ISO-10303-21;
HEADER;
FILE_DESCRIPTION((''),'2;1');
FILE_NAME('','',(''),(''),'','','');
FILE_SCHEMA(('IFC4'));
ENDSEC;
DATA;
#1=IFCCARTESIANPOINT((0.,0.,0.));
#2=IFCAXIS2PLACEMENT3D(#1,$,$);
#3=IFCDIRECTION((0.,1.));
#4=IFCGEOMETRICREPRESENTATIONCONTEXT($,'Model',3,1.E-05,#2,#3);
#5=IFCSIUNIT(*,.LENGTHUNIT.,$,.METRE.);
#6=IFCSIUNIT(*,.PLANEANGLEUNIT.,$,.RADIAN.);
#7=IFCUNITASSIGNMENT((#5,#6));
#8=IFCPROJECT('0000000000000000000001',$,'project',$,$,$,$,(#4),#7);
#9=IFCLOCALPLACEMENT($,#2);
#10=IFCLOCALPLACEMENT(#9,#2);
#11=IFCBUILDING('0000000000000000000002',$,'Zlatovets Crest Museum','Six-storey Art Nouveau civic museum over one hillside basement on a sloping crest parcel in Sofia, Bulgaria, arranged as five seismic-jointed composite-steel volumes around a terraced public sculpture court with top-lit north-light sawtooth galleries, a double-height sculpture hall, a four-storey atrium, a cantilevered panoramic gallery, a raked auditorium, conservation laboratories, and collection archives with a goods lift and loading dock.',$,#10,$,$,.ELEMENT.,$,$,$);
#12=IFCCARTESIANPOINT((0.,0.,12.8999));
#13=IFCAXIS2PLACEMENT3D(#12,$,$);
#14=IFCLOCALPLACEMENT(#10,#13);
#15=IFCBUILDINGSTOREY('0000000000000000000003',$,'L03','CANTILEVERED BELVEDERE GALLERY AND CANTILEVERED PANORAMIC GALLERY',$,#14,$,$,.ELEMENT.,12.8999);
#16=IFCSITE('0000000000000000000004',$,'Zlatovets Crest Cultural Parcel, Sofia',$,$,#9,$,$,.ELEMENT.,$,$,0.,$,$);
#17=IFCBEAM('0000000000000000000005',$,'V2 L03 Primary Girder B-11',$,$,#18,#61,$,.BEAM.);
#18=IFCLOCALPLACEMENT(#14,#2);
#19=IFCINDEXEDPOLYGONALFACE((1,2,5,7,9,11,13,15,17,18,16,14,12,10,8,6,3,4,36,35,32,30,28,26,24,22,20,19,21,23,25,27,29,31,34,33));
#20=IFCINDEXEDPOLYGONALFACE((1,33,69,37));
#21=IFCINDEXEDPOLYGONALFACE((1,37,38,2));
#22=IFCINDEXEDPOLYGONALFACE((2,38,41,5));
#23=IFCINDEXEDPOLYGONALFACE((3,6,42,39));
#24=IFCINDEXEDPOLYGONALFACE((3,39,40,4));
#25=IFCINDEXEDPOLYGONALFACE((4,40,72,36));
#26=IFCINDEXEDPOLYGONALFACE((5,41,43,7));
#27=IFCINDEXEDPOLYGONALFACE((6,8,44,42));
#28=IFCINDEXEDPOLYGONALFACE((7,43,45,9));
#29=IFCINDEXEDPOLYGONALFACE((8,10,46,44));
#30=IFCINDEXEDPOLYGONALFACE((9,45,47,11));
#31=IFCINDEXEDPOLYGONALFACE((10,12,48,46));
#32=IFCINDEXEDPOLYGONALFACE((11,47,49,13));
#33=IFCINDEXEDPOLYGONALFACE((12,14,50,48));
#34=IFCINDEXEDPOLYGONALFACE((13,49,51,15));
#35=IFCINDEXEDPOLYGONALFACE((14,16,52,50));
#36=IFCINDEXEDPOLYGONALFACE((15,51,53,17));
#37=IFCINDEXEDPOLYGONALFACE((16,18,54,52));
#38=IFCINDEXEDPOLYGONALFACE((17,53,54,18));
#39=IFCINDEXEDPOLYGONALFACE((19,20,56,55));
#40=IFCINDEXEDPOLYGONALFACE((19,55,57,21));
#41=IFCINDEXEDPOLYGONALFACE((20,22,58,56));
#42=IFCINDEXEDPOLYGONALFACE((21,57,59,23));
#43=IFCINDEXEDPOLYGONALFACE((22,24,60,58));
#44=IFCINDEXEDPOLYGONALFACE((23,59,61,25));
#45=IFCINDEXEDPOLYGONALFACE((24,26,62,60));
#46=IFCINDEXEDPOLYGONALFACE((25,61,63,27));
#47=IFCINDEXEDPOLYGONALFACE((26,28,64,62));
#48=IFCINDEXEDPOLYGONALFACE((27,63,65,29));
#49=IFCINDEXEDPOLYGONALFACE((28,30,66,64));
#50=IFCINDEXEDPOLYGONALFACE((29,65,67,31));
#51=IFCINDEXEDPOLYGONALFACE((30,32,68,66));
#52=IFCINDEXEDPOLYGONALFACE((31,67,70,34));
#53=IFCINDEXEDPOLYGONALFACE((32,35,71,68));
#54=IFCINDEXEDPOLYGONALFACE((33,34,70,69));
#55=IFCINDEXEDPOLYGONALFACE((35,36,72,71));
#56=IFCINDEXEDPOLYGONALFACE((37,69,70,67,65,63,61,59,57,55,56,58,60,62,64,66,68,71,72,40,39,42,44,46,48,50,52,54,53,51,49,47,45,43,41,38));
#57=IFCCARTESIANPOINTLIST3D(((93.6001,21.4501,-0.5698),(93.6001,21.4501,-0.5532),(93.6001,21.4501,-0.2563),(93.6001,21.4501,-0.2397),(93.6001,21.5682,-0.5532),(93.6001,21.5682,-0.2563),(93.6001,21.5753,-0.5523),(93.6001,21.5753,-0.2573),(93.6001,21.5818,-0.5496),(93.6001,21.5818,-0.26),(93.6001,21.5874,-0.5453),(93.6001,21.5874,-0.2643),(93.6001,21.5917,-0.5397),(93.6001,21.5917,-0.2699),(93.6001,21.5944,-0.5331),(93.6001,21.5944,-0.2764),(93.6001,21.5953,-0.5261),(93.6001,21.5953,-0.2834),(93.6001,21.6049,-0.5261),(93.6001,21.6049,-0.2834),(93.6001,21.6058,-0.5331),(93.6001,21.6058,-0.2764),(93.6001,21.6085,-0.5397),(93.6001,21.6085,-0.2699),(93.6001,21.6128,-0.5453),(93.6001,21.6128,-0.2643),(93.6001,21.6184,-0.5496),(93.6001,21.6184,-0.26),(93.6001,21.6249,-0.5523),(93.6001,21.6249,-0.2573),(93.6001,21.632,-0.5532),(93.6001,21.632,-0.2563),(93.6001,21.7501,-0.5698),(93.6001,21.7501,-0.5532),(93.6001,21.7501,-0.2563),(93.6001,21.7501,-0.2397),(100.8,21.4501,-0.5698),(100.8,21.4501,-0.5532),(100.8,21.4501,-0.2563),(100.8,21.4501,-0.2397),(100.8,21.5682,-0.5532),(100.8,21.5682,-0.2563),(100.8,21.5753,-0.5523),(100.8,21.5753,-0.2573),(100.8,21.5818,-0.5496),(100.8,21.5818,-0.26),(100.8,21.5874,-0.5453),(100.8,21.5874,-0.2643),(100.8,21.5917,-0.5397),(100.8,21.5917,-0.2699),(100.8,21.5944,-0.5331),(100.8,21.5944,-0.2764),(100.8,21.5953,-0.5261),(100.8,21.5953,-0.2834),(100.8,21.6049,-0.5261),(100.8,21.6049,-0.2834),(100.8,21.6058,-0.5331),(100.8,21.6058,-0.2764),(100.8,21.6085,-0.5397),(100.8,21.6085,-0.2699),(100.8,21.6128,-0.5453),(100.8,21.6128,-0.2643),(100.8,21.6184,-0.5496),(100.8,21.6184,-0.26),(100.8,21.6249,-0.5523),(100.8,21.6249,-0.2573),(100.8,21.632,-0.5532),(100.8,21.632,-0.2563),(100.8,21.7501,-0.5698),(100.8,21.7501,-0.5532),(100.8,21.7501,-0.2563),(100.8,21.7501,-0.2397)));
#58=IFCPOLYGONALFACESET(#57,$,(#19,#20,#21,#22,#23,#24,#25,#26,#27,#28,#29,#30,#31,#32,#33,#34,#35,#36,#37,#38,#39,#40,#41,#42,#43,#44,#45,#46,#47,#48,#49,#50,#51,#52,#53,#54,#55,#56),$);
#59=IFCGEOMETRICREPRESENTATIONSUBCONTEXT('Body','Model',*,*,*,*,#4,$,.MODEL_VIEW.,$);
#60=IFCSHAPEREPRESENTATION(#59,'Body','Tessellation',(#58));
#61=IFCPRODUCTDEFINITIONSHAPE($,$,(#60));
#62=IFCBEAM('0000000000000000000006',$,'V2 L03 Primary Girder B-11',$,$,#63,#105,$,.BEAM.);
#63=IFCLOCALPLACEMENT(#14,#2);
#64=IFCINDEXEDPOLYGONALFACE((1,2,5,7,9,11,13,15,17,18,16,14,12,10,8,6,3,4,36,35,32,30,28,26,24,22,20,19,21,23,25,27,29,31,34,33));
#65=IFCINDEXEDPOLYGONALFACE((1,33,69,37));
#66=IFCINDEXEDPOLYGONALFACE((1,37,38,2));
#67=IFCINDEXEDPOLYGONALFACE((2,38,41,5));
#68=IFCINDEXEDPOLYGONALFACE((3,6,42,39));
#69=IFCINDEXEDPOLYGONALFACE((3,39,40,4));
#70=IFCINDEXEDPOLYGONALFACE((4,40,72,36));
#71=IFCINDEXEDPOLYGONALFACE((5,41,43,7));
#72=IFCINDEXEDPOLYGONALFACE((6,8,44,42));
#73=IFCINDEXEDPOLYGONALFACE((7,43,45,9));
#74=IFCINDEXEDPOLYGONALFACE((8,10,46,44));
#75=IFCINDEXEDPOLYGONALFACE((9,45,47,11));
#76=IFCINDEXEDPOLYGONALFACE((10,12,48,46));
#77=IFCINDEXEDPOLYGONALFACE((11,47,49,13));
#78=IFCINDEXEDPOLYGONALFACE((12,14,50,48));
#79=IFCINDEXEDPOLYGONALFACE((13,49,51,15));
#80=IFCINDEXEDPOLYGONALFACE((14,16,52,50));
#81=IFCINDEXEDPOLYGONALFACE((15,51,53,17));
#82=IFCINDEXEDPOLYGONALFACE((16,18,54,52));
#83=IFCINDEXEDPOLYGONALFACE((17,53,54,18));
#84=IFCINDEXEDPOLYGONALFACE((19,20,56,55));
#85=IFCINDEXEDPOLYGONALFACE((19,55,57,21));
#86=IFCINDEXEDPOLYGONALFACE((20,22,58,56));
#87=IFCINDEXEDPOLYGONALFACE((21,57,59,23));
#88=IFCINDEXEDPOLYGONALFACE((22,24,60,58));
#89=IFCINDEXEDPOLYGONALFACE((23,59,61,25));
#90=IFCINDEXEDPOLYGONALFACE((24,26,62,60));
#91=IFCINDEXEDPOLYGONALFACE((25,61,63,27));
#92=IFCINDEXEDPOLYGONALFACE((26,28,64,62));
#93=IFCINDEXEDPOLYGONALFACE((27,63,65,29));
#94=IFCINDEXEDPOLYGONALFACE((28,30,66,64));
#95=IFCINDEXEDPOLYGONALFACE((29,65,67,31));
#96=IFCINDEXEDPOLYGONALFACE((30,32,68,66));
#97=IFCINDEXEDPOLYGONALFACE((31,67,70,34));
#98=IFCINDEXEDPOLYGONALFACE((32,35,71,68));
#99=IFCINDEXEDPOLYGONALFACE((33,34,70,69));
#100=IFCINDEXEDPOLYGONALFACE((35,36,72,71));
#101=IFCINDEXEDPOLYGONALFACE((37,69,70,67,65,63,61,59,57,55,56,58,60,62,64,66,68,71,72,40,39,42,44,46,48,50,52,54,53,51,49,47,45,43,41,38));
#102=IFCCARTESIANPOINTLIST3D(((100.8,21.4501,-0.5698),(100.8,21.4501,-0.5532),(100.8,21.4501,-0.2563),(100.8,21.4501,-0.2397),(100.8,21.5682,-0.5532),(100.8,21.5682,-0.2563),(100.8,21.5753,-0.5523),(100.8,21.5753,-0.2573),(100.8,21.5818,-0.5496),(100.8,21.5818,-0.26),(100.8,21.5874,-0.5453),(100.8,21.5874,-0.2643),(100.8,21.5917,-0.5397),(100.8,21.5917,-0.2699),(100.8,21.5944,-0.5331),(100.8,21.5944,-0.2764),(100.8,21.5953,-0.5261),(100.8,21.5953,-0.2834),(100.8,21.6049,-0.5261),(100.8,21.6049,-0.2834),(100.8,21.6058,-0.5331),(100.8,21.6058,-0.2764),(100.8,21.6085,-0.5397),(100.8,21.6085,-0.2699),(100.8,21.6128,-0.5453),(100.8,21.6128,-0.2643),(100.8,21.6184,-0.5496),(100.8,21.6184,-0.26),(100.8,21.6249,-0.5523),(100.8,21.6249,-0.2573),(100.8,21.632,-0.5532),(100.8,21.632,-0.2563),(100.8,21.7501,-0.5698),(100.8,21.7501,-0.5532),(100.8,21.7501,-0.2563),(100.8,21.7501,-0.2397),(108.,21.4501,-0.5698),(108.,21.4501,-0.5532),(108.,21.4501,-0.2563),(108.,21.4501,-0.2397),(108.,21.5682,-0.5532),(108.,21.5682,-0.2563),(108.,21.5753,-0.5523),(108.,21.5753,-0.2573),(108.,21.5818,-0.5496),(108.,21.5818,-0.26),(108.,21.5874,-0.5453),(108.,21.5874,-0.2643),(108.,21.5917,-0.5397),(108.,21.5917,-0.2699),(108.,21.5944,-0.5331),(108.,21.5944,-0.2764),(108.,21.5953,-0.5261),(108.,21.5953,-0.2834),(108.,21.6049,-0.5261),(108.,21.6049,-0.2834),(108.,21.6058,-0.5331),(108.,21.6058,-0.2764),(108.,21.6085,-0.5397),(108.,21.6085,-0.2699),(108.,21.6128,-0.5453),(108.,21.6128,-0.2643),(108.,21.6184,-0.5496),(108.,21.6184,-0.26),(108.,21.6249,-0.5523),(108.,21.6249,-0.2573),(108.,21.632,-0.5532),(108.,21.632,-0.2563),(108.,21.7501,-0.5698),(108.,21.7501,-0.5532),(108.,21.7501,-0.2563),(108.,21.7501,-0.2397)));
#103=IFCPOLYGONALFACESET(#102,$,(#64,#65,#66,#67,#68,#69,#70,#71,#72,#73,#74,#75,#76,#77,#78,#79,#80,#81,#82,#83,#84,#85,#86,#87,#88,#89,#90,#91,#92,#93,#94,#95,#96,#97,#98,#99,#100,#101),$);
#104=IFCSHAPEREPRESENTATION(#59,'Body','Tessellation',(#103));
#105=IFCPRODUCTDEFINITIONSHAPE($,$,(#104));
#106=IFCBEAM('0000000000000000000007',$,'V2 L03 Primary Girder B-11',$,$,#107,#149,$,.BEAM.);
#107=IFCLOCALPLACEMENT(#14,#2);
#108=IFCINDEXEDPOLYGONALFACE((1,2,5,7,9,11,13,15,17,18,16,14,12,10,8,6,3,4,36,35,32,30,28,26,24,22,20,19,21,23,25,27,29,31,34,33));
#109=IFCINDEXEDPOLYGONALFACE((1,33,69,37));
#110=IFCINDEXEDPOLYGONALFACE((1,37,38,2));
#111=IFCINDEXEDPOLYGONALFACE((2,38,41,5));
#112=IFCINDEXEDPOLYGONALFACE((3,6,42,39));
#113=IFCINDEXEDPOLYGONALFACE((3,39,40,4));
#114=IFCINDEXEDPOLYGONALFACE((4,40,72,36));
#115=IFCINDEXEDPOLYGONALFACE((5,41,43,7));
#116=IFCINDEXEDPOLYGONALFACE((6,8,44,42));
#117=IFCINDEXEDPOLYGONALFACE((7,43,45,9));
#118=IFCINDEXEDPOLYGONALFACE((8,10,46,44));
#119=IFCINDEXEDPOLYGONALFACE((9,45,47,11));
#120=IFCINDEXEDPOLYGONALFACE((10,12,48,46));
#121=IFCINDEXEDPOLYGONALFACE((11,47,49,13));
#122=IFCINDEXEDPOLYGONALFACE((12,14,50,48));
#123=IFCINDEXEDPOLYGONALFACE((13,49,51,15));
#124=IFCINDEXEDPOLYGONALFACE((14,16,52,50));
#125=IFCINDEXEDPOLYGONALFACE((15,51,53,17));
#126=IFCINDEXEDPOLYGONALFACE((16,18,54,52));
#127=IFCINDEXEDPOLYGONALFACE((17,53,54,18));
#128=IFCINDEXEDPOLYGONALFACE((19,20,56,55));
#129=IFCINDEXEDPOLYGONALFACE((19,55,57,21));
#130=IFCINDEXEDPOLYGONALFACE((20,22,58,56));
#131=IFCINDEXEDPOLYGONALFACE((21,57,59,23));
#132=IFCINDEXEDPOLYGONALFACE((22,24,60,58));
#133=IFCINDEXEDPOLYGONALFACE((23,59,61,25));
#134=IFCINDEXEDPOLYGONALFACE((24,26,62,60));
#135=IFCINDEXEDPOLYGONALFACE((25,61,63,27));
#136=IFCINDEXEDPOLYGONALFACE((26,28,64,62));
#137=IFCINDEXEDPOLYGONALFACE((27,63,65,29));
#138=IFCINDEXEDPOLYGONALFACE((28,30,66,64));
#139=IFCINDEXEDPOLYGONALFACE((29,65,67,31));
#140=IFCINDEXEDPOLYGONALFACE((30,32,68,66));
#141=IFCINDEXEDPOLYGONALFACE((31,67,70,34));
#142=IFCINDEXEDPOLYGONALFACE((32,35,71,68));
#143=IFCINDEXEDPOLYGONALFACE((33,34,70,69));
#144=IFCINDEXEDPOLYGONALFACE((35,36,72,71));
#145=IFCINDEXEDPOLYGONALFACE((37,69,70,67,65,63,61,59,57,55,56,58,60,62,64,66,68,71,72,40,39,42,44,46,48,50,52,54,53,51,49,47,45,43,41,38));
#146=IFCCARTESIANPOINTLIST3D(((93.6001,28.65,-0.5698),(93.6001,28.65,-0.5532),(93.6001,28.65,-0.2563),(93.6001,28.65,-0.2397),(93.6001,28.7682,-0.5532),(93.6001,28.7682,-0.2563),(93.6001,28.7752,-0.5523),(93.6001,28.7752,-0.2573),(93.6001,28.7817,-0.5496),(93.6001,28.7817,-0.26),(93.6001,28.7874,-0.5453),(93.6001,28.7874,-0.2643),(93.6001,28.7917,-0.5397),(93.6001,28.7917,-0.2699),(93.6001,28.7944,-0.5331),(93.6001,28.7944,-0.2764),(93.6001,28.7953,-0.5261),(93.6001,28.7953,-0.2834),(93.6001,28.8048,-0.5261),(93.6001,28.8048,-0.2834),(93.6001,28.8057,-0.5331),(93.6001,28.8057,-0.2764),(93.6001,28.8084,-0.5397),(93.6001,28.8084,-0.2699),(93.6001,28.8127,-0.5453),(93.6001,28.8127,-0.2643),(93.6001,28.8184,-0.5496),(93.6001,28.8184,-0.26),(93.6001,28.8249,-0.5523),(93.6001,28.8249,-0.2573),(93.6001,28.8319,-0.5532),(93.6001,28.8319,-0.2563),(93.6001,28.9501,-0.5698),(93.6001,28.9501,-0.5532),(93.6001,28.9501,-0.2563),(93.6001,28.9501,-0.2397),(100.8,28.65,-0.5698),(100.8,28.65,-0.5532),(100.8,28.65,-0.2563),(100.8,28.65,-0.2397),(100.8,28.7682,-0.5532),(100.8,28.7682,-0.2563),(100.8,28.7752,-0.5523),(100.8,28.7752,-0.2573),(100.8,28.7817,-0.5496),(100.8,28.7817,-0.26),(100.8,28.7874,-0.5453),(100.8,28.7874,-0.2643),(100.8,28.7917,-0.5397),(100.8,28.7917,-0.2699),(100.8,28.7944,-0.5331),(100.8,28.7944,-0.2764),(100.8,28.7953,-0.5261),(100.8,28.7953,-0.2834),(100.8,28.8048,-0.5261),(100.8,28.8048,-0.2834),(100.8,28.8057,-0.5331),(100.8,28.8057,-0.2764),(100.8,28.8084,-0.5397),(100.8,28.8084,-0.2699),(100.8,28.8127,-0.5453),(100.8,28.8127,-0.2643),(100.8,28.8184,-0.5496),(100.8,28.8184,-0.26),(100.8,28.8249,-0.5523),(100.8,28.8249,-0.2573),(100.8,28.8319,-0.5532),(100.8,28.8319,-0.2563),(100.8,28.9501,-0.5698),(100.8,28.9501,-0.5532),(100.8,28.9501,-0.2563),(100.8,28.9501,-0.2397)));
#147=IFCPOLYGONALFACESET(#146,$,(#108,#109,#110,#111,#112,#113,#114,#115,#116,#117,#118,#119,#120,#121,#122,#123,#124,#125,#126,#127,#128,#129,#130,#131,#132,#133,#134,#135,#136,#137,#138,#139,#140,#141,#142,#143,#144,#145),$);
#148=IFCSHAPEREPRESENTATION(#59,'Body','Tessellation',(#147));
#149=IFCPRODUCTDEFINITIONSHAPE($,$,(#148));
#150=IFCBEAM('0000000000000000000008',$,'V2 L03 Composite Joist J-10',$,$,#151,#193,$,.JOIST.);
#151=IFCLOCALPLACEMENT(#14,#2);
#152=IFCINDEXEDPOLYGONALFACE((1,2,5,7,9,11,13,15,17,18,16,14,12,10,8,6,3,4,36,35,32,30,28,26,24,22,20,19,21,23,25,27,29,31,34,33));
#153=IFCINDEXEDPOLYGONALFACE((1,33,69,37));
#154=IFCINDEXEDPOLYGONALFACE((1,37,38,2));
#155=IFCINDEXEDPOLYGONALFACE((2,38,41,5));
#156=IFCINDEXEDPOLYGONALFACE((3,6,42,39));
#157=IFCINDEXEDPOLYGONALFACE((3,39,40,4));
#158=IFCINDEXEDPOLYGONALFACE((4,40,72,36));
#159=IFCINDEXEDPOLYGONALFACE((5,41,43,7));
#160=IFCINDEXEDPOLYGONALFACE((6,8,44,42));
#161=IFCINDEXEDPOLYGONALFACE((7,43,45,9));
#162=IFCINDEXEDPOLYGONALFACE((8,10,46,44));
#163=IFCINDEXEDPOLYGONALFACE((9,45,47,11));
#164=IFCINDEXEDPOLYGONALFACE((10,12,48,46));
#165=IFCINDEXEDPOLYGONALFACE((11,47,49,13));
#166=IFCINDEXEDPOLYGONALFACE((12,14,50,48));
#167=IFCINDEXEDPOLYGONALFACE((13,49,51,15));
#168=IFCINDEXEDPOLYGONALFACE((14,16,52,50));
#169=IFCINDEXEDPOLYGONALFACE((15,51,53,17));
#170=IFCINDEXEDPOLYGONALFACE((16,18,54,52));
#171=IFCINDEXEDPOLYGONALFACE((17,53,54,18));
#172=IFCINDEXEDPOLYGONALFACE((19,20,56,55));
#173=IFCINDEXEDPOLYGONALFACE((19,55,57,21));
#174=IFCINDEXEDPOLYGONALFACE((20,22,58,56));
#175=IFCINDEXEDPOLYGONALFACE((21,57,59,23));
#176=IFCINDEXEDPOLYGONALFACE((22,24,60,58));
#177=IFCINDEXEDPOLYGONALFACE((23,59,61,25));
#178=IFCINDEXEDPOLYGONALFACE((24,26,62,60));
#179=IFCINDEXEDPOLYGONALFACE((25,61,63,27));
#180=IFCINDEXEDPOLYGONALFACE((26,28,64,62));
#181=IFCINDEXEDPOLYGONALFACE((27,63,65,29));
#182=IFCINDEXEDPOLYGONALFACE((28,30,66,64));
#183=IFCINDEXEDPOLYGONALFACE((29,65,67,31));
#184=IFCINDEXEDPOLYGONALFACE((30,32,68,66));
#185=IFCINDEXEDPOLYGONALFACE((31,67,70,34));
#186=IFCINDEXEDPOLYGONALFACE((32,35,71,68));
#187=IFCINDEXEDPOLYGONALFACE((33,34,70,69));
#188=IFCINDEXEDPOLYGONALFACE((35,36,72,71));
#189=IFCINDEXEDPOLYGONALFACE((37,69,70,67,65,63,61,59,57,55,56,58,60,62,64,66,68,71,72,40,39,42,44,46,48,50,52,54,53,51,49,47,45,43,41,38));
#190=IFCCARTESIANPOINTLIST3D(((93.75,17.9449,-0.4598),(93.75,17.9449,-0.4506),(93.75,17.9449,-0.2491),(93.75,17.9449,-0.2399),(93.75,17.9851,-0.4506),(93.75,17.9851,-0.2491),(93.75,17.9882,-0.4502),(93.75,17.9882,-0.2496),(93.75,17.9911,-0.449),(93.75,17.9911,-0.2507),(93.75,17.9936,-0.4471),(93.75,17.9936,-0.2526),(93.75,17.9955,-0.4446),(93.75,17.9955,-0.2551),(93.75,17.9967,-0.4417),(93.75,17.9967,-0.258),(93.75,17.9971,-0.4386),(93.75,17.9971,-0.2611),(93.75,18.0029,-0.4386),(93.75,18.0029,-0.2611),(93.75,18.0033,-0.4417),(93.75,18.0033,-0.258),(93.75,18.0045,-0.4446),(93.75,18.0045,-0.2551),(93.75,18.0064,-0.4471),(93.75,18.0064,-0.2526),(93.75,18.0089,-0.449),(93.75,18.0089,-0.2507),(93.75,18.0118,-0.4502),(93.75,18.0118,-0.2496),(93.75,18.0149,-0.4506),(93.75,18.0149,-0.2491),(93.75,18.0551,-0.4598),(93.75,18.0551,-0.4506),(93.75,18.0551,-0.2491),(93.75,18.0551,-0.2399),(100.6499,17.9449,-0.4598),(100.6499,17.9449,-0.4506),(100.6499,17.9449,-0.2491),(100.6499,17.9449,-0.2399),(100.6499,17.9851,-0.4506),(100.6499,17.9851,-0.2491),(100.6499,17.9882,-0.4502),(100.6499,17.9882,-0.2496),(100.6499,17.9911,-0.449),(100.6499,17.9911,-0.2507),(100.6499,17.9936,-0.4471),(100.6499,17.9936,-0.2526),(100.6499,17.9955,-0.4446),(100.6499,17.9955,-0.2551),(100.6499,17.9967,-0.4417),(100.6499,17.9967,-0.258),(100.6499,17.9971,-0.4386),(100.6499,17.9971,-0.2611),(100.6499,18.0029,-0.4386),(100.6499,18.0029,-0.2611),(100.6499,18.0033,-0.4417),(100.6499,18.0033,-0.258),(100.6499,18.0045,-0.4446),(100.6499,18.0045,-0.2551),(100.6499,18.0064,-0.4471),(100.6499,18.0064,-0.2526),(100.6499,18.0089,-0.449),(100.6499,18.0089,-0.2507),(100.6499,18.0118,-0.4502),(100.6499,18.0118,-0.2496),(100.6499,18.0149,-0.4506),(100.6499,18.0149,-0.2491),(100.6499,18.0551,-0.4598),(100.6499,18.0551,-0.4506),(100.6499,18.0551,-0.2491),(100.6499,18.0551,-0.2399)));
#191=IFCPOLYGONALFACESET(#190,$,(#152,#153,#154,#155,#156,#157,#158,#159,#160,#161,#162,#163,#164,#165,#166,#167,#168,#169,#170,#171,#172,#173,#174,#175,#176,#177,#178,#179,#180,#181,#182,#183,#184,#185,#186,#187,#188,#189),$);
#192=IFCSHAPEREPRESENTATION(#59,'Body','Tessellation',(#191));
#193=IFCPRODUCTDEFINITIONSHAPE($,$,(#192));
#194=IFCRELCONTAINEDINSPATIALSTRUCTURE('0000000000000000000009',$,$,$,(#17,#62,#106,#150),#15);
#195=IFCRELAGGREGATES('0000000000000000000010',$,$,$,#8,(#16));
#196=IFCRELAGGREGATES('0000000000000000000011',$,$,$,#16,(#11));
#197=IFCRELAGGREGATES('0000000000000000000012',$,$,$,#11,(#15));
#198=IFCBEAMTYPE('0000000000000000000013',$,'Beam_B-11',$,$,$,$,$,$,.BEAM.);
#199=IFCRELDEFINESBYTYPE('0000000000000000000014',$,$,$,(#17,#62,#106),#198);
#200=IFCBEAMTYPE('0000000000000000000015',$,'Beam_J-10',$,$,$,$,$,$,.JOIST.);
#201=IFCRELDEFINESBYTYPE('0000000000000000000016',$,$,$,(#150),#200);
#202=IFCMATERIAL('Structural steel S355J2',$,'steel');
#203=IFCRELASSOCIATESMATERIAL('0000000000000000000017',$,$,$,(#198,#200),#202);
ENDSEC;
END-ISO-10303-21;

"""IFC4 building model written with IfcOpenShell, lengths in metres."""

from ifc_helpers import new_model, si_unit, direction, frame, origin, origin_2d, place, context, subcontext, project, spatial, i_section, extrude, material, material_profile, profile_set, type_object, element, save


model = new_model("IFC4")

# Units and contexts
model_context = context("Model", 3, precision=1e-05, world=origin(), true_north=direction((0.0, 1.0)))
body_context = subcontext(model_context, "Body", "Model", "MODEL_VIEW")
ifc_project = project(units=[si_unit("LENGTHUNIT", "METRE"), si_unit("PLANEANGLEUNIT", "RADIAN")], contexts=[model_context])

# Site, building, storey
site_placement = place(None, origin())
site = spatial("IfcSite", under=ifc_project, at=site_placement, Name="Zlatovets Crest Cultural Parcel, Sofia", CompositionType="ELEMENT", RefElevation=0.0)
building_placement = place(site_placement, origin())
building = spatial("IfcBuilding", under=site, at=building_placement, Name="Zlatovets Crest Museum", Description="Six-storey Art Nouveau civic museum over one hillside basement on a sloping crest parcel in Sofia, Bulgaria, arranged as five seismic-jointed composite-steel volumes around a terraced public sculpture court with top-lit north-light sawtooth galleries, a double-height sculpture hall, a four-storey atrium, a cantilevered panoramic gallery, a raked auditorium, conservation laboratories, and collection archives with a goods lift and loading dock.", CompositionType="ELEMENT")
storey_placement = place(building_placement, frame((0.0, 0.0, 12.8999)))
storey = spatial("IfcBuildingStorey", under=building, at=storey_placement, Name="L03", Description="CANTILEVERED BELVEDERE GALLERY AND CANTILEVERED PANORAMIC GALLERY", CompositionType="ELEMENT", Elevation=12.8999)

# Shared definitions
ifc_material_1 = material(Name="Structural steel S355J2", Category="steel")

# Beams
ifc_material_profile_1 = material_profile(ifc_material_1, i_section(OverallWidth=0.3, OverallDepth=0.3301, WebThickness=0.0095, FlangeThickness=0.0166, FilletRadius=0.0271, at=origin_2d()), Name="HEA 340")
ifc_profile_set_1 = profile_set([ifc_material_profile_1], Name="Structural steel S355J2")
beam_type_1 = type_object("IfcBeamType", Name="Beam_B-11", PredefinedType="BEAM", material=ifc_profile_set_1)
for number, where, z_axis, x_axis, name in (
    (1, (93.6001, 21.6001, -0.4048), (1.0, 0.0, 0.0), (0.0, 1.0, 0.0), "V2 L03 Primary Girder B-11"),
    (2, (100.8, 21.6001, -0.4048), (1.0, 0.0, 0.0), (0.0, 1.0, 0.0), "V2 L03 Primary Girder B-11"),
    (3, (93.6001, 28.8, -0.4048), (1.0, 0.0, 0.0), (0.0, 1.0, 0.0), "V2 L03 Primary Girder B-11"),
):
    element("IfcBeam", number, at=place(storey_placement, frame(where, z_axis=z_axis, x_axis=x_axis)), inside=storey, type_object=beam_type_1, Name=name, PredefinedType="BEAM", context=body_context, shape_type="SweptSolid", body=[
        extrude(i_section(OverallWidth=0.3, OverallDepth=0.3301, WebThickness=0.0095, FlangeThickness=0.0166, FilletRadius=0.0271, at=origin_2d()), origin(), (0.0, 0.0, 1.0), 7.2),
    ])
ifc_material_profile_2 = material_profile(ifc_material_1, i_section(OverallWidth=0.1101, OverallDepth=0.22, WebThickness=0.0059, FlangeThickness=0.0093, FilletRadius=0.012, at=origin_2d()), Name="IPE 220")
ifc_profile_set_2 = profile_set([ifc_material_profile_2], Name="Structural steel S355J2")
beam_type_2 = type_object("IfcBeamType", Name="Beam_J-10", PredefinedType="JOIST", material=ifc_profile_set_2)
for number, where, z_axis, x_axis, name in (
    (4, (93.75, 18.0, -0.3499), (1.0, 0.0, 0.0), (0.0, 1.0, 0.0), "V2 L03 Composite Joist J-10"),
):
    element("IfcBeam", number, at=place(storey_placement, frame(where, z_axis=z_axis, x_axis=x_axis)), inside=storey, type_object=beam_type_2, Name=name, PredefinedType="JOIST", context=body_context, shape_type="SweptSolid", body=[
        extrude(i_section(OverallWidth=0.1101, OverallDepth=0.22, WebThickness=0.0059, FlangeThickness=0.0093, FilletRadius=0.012, at=origin_2d()), origin(), (0.0, 0.0, 1.0), 6.8999),
    ])

save(model, "model.ifc")
